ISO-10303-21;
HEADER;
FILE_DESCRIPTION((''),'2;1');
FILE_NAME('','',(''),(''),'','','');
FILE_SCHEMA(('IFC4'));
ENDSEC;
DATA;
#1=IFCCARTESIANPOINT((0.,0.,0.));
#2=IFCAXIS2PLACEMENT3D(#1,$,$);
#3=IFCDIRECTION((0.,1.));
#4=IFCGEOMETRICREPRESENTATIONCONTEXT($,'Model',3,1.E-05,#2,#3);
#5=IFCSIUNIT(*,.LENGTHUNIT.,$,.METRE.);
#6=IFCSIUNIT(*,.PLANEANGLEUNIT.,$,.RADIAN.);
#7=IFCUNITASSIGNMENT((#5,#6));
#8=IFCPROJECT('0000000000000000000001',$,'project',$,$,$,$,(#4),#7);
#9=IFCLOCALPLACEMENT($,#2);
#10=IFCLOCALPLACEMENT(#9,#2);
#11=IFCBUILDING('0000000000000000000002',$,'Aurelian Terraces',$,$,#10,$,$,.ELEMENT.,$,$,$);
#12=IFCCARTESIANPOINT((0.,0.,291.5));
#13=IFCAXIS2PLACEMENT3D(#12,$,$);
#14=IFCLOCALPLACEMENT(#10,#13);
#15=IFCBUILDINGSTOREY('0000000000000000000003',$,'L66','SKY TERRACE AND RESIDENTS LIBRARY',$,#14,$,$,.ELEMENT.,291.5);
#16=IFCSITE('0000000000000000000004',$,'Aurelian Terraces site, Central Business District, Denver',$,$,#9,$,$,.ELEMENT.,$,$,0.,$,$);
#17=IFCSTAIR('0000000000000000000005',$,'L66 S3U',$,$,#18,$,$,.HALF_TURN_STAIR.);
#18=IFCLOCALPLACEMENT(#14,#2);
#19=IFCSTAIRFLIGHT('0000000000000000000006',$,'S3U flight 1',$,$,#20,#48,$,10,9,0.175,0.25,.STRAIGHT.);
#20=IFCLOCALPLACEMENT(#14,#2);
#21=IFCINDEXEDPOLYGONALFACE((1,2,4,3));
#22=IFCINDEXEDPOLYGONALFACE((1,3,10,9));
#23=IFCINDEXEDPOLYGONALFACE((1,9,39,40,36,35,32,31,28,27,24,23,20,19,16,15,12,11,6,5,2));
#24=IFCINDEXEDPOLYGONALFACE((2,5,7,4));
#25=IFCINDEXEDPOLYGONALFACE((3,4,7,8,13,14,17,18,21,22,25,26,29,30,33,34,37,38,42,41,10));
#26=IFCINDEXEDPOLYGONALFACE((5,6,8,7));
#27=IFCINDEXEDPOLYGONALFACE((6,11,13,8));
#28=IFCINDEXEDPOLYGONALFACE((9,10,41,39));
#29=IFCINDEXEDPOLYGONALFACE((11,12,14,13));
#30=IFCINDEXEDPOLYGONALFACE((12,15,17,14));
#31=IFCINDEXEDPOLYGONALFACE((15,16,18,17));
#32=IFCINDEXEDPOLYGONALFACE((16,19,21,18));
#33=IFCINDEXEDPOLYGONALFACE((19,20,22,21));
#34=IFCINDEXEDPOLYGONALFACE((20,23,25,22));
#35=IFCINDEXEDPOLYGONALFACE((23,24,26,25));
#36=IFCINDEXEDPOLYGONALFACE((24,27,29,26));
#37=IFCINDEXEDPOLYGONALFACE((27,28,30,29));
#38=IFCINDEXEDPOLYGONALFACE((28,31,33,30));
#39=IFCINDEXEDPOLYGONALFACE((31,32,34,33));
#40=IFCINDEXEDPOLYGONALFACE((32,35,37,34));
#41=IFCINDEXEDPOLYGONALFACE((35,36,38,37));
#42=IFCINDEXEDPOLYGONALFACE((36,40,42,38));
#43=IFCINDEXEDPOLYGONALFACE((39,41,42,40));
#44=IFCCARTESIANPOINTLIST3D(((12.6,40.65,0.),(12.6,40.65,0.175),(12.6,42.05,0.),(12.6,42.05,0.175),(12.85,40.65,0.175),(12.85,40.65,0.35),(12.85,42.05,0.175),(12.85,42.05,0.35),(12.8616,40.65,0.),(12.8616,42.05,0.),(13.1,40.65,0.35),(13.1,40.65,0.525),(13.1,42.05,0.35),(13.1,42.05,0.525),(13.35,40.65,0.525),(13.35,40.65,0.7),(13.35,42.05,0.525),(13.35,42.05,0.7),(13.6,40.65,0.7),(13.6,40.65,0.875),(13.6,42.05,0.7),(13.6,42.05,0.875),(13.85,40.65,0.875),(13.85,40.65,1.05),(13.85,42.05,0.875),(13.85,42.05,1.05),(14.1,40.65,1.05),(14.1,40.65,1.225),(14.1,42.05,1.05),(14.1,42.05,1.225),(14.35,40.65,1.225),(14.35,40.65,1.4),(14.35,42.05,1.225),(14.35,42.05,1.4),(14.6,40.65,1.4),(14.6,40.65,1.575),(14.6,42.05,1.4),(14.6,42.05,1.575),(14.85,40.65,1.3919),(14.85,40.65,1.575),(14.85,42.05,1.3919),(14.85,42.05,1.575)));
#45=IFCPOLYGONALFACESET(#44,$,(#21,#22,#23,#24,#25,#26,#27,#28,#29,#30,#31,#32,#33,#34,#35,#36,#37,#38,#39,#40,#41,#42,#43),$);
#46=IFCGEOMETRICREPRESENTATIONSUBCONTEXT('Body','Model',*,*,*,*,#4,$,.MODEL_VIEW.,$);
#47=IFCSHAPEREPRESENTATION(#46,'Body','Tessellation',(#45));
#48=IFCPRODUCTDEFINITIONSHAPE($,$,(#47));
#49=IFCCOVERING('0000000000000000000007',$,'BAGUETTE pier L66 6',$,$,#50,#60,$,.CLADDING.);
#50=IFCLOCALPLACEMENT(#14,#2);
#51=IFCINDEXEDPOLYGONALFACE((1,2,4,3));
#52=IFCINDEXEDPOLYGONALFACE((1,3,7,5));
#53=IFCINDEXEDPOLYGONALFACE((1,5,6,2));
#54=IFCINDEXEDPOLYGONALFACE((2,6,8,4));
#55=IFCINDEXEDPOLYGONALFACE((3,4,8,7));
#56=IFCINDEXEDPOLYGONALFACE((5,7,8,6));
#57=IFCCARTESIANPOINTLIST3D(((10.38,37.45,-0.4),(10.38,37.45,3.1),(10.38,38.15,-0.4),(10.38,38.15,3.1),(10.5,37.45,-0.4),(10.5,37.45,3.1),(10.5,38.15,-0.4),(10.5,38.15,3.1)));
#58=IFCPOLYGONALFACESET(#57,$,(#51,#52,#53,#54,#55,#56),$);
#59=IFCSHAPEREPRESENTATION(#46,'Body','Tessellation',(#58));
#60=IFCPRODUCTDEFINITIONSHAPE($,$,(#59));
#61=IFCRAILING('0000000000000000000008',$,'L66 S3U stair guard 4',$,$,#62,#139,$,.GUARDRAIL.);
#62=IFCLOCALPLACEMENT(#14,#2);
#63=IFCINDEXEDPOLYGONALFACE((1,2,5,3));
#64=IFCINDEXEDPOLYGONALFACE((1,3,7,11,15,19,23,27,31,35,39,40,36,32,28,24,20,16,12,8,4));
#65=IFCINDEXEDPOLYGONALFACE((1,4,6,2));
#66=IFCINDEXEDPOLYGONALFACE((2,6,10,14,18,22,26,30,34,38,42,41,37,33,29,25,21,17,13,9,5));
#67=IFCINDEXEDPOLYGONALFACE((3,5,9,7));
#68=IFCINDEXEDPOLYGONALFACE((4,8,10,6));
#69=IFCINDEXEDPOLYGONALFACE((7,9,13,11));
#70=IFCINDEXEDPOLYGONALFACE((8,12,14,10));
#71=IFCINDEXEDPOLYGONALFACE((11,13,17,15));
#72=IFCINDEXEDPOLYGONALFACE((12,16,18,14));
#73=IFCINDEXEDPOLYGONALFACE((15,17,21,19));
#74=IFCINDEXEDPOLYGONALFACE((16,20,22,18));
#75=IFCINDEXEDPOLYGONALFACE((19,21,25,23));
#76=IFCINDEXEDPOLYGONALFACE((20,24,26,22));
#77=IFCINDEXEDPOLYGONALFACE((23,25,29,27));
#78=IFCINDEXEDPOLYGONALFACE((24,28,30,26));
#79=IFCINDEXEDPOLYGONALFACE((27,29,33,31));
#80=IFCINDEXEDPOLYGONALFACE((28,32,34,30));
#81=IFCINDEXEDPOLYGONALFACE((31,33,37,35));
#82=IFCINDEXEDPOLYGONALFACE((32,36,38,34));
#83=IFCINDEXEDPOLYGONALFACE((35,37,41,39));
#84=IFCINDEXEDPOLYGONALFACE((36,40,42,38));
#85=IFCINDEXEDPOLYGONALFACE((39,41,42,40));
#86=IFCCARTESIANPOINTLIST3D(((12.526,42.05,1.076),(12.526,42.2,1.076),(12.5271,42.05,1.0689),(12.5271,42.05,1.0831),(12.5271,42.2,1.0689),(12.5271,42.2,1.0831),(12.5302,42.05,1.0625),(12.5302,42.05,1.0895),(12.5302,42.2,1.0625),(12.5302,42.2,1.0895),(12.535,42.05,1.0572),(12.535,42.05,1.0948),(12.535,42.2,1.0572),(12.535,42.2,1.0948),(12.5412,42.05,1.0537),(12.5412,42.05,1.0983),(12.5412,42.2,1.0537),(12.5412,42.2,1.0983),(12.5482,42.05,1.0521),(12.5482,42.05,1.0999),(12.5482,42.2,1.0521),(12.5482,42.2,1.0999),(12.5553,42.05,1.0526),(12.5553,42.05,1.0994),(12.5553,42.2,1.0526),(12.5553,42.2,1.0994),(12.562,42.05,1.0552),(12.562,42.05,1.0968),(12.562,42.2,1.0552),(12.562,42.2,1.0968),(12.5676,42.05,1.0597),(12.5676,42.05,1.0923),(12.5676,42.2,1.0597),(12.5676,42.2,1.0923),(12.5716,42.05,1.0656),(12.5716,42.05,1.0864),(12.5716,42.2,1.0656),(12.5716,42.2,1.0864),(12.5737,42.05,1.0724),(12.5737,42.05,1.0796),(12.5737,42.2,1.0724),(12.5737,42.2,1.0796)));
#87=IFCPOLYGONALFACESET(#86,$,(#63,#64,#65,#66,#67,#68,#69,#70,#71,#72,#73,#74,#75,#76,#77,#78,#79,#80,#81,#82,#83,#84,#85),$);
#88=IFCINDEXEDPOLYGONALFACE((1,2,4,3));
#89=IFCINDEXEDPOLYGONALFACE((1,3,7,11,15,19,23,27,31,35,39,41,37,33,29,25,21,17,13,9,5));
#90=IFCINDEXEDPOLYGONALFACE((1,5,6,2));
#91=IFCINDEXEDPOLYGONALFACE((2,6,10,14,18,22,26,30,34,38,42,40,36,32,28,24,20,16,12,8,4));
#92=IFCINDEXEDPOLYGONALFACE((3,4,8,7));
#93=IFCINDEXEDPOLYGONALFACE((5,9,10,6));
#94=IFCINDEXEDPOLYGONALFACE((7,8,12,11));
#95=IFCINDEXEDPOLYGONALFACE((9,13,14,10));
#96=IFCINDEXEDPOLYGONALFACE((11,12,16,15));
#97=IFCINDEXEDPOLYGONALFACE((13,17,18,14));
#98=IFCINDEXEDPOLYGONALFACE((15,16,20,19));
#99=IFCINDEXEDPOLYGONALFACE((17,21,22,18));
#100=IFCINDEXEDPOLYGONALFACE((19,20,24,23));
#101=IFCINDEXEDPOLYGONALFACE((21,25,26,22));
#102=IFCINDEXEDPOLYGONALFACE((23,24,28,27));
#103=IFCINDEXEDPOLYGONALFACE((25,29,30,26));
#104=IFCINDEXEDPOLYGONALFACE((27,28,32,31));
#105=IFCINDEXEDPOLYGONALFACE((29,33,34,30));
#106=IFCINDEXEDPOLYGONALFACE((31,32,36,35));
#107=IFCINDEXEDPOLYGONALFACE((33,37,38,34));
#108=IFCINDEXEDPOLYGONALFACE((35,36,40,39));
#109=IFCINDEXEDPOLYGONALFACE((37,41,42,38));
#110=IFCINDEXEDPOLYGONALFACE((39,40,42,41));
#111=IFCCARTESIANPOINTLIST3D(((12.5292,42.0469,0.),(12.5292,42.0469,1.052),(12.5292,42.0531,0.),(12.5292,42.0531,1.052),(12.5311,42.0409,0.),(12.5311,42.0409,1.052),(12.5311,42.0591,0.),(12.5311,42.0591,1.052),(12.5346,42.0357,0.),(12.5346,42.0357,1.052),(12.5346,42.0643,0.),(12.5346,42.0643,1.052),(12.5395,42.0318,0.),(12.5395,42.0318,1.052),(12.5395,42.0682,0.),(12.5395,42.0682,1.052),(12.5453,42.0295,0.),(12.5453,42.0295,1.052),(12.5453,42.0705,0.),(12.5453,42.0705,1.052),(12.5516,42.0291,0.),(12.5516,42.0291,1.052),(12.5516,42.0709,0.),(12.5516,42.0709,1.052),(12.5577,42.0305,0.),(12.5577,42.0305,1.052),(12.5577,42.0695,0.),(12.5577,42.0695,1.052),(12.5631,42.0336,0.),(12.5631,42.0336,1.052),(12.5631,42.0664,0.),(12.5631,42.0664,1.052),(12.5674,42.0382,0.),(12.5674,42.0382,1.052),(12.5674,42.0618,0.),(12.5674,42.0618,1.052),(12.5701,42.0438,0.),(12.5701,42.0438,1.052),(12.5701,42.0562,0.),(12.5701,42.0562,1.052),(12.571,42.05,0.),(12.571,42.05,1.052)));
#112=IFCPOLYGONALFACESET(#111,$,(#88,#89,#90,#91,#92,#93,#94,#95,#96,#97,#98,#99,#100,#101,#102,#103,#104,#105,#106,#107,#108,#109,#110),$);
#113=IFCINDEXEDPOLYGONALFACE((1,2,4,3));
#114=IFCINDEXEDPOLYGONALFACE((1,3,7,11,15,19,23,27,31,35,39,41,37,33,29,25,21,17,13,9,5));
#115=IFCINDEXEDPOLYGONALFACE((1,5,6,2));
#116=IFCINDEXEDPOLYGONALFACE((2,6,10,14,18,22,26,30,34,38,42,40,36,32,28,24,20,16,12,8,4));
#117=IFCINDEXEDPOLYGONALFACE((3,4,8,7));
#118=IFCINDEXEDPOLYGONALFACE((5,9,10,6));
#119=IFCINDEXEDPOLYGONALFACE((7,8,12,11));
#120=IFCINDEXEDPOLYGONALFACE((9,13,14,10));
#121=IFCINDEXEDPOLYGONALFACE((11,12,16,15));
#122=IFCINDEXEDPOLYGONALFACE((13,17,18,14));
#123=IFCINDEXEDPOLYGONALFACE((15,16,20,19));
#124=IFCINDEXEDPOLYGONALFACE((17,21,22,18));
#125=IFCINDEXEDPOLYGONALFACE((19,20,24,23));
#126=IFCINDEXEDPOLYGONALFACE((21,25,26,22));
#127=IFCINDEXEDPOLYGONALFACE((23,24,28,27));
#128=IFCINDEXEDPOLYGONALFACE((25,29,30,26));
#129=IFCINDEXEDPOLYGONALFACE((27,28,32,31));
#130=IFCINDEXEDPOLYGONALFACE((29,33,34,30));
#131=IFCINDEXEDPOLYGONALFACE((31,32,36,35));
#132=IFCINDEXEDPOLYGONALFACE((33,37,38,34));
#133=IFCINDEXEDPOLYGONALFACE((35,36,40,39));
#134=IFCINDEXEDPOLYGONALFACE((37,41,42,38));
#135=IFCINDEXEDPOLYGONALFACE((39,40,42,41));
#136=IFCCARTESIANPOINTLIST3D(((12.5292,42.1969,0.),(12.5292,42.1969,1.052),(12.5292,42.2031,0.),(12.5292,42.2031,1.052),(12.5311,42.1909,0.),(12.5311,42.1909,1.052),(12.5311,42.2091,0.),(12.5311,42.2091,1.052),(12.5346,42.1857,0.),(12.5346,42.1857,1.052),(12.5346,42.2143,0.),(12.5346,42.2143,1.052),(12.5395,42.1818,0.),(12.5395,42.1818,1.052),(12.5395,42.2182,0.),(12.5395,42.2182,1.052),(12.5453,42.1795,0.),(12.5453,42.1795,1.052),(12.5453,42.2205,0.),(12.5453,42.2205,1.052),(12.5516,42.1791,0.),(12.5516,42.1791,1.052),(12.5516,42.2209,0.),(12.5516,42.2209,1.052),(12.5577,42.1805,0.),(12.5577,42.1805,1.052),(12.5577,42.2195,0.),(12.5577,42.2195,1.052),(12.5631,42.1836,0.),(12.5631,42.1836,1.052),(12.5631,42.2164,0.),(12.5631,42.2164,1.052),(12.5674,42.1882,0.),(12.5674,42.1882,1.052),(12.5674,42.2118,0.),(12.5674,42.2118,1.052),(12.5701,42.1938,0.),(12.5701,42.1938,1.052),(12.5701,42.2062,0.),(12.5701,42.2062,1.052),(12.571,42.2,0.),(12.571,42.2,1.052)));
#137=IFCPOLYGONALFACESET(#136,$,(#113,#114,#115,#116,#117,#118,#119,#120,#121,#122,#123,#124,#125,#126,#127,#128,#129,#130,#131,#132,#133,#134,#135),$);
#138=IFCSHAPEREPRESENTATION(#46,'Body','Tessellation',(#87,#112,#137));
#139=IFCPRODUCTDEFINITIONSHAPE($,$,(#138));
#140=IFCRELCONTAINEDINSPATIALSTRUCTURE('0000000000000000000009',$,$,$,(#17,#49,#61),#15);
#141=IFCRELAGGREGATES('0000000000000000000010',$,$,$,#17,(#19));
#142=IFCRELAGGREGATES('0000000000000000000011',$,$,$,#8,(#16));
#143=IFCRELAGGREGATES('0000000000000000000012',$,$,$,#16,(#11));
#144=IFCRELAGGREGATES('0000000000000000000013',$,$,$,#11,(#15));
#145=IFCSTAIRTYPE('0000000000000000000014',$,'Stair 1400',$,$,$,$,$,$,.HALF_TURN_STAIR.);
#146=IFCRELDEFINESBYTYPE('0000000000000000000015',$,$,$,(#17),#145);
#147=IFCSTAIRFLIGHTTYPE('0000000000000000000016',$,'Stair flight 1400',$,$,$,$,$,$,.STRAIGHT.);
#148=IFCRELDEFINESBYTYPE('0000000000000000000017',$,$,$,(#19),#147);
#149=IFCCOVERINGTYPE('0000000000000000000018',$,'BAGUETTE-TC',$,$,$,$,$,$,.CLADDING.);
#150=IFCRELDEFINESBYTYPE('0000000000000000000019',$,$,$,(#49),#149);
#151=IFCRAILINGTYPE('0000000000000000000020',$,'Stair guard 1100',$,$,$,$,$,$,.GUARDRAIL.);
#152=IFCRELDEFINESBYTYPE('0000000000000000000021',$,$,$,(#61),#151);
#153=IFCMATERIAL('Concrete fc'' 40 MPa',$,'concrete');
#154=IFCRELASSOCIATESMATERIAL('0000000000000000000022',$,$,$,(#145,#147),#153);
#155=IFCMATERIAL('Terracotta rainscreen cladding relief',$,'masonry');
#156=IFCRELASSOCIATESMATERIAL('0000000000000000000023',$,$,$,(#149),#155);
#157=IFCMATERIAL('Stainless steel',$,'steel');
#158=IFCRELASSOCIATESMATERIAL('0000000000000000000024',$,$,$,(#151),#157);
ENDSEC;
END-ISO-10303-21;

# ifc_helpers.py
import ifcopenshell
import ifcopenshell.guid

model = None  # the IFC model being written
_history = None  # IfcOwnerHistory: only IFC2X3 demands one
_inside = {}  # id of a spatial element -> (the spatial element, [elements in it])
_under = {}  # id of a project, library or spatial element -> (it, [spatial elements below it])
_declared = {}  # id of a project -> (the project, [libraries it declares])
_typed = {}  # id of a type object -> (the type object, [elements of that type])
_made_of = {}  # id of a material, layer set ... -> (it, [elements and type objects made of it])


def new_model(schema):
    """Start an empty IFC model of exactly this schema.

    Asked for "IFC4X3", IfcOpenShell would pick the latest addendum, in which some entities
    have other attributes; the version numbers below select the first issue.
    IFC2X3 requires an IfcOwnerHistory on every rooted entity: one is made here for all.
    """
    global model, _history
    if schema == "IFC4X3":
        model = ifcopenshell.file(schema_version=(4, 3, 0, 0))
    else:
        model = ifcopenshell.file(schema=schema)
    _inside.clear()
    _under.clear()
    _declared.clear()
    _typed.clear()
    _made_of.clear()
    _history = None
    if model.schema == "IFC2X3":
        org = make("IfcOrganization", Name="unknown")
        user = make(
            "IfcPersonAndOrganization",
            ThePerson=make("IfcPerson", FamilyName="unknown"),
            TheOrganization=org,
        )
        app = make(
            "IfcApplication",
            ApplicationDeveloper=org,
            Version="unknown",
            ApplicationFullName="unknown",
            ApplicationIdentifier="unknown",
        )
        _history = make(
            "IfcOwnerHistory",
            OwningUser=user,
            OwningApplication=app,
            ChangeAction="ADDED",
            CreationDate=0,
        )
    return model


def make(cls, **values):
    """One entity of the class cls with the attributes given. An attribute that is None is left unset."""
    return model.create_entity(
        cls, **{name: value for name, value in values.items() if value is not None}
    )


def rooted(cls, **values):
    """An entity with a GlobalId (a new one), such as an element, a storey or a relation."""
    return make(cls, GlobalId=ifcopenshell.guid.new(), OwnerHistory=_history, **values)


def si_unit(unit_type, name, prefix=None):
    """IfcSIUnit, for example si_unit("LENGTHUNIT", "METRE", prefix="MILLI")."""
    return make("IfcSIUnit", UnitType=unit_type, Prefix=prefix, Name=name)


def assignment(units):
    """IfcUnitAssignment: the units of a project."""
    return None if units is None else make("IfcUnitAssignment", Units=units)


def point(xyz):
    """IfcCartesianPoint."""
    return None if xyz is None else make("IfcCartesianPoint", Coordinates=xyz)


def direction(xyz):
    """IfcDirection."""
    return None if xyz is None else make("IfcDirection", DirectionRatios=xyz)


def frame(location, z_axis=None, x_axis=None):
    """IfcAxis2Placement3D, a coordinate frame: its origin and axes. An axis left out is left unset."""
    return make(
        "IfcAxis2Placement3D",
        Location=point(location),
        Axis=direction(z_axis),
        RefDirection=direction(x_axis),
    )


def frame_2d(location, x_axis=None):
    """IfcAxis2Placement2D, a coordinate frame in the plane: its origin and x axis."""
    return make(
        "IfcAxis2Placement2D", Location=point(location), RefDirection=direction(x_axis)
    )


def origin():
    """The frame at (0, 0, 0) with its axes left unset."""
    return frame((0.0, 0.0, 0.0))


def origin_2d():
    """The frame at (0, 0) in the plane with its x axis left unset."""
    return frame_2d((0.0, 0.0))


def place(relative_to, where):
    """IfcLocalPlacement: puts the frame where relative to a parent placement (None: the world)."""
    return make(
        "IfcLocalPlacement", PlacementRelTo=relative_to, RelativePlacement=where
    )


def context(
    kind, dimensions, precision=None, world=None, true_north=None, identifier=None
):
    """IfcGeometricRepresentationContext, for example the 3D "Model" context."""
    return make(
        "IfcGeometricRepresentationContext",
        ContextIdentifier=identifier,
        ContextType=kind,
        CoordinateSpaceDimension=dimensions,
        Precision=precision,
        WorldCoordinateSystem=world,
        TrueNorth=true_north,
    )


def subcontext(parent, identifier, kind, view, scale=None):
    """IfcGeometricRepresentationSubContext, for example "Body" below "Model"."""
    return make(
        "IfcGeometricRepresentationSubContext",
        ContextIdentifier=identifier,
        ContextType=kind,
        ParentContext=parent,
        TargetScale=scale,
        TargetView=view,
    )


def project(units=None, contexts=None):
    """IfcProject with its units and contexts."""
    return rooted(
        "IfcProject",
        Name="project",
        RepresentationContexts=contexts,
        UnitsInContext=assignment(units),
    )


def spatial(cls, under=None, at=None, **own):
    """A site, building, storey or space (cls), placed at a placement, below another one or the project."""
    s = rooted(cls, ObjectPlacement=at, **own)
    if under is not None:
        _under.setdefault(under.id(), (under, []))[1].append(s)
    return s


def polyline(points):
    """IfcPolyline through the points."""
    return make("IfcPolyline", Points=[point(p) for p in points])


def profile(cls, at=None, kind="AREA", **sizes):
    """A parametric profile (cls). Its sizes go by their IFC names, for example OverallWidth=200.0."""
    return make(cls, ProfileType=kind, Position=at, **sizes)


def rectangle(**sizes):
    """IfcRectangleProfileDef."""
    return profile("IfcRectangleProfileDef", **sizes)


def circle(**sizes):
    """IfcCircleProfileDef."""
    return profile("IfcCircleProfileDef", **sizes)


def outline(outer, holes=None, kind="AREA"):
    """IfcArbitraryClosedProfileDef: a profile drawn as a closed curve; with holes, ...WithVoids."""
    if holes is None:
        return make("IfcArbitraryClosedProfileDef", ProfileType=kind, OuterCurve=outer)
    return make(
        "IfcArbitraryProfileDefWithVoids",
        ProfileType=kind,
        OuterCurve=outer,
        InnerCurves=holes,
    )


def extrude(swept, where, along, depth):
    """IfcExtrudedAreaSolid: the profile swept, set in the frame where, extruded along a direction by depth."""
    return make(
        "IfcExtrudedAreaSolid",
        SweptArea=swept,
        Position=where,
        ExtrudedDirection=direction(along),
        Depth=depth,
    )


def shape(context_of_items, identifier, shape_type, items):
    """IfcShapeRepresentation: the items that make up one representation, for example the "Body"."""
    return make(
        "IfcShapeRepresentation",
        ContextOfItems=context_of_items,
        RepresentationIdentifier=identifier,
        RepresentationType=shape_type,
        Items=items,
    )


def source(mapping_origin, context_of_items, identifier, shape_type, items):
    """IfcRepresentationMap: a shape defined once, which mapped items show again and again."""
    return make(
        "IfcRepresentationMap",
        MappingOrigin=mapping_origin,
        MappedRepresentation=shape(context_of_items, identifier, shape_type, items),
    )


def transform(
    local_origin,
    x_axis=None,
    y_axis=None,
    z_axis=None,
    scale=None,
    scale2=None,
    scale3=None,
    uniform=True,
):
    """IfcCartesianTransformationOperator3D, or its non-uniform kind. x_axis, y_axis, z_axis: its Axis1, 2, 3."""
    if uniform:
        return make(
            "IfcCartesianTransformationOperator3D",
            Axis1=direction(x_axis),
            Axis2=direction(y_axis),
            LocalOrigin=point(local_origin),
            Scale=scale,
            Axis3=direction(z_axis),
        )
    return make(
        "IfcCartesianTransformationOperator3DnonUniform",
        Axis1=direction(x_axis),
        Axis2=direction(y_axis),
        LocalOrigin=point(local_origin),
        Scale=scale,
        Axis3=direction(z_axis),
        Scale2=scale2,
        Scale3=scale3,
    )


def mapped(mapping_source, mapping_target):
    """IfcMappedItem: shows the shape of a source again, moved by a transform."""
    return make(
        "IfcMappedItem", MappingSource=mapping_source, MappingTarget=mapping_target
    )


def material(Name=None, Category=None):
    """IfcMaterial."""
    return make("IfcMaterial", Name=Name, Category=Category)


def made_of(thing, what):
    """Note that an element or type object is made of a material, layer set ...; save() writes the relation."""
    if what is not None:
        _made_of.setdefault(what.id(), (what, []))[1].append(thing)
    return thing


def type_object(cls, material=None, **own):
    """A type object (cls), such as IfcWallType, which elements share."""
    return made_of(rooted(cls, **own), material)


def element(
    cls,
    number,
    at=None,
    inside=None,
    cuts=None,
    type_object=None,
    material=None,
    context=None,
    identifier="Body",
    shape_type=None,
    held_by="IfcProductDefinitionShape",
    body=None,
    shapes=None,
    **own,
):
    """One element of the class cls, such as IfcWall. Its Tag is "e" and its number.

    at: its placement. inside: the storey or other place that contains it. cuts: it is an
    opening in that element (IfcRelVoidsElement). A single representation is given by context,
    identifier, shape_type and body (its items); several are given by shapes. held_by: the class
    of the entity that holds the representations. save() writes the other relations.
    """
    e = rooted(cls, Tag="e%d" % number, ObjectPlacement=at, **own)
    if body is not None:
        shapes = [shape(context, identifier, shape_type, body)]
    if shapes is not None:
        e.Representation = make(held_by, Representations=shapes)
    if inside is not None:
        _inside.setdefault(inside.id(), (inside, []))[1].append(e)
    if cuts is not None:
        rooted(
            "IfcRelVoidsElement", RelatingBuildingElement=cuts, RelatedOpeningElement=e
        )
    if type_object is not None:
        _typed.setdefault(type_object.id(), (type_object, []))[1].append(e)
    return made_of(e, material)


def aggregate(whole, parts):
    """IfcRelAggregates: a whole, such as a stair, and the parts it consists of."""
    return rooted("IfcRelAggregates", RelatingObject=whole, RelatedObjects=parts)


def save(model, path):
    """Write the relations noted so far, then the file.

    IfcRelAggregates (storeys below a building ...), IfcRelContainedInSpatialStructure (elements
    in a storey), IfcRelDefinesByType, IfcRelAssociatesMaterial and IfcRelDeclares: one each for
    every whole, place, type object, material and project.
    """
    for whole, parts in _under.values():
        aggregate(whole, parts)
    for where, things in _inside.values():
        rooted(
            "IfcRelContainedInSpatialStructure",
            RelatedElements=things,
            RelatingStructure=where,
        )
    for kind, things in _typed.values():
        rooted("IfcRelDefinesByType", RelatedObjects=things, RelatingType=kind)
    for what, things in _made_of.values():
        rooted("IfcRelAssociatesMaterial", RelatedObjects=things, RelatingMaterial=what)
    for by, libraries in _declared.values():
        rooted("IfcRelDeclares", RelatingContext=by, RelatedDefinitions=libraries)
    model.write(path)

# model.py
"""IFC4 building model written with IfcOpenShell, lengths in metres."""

from ifc_helpers import new_model, si_unit, direction, frame, origin, origin_2d, place, context, subcontext, project, spatial, polyline, rectangle, circle, outline, extrude, source, transform, mapped, material, type_object, element, aggregate, save


model = new_model("IFC4")

# Units and contexts
model_context = context("Model", 3, precision=1e-05, world=origin(), true_north=direction((0.0, 1.0)))
body_context = subcontext(model_context, "Body", "Model", "MODEL_VIEW")
ifc_project = project(units=[si_unit("LENGTHUNIT", "METRE"), si_unit("PLANEANGLEUNIT", "RADIAN")], contexts=[model_context])

# Site, building, storey
site_placement = place(None, origin())
site = spatial("IfcSite", under=ifc_project, at=site_placement, Name="Aurelian Terraces site, Central Business District, Denver", CompositionType="ELEMENT", RefElevation=0.0)
building_placement = place(site_placement, origin())
building = spatial("IfcBuilding", under=site, at=building_placement, Name="Aurelian Terraces", CompositionType="ELEMENT")
storey_placement = place(building_placement, frame((0.0, 0.0, 291.5)))
storey = spatial("IfcBuildingStorey", under=building, at=storey_placement, Name="L66", Description="SKY TERRACE AND RESIDENTS LIBRARY", CompositionType="ELEMENT", Elevation=291.5)

# Shared definitions
ifc_material_1 = material(Name="Concrete fc' 40 MPa", Category="concrete")

# Stair, stair flight
stair_type = type_object("IfcStairType", Name="Stair 1400", PredefinedType="HALF_TURN_STAIR", material=ifc_material_1)
stair_placement = place(storey_placement, origin())
stair = element("IfcStair", 1, at=stair_placement, inside=storey, type_object=stair_type, Name="L66 S3U", PredefinedType="HALF_TURN_STAIR")
stair_flight_type = type_object("IfcStairFlightType", Name="Stair flight 1400", PredefinedType="STRAIGHT", material=ifc_material_1)
shared_shape_1 = source(origin(), body_context, "Body", "SweptSolid", [
    extrude(outline(polyline([(0.0, 0.0), (0.0, 0.175), (0.25, 0.175), (0.25, 0.35), (0.5, 0.35), (0.5, 0.525), (0.75, 0.525), (0.75, 0.7), (1.0, 0.7), (1.0, 0.875), (1.25, 0.875), (1.25, 1.05), (1.5, 1.05), (1.5, 1.225), (1.75, 1.225), (1.75, 1.4), (2.0, 1.4), (2.0, 1.575), (2.25, 1.575), (2.25, 1.75), (2.25, 1.3919), (0.2616, 0.0), (0.0, 0.0)])), frame((0.0, 0.7, 0.0), z_axis=(0.0, -1.0, 0.0), x_axis=(1.0, 0.0, 0.0)), (0.0, 0.0, 1.0), 1.4),
])
stair_flight_placement = place(storey_placement, frame((12.6, 41.35, 0.0), z_axis=(0.0, 0.0, 1.0), x_axis=(1.0, 0.0, 0.0)))
stair_flight = element("IfcStairFlight", 2, at=stair_flight_placement, type_object=stair_flight_type, Name="S3U flight 1", NumberOfRisers=10, NumberOfTreads=9, PredefinedType="STRAIGHT", RiserHeight=0.175, TreadLength=0.25, context=body_context, shape_type="MappedRepresentation", body=[
    mapped(shared_shape_1, transform((0.0, 0.0, 0.0), scale=1.0)),
])
aggregate(stair, [stair_flight])

# Covering
ifc_material_2 = material(Name="Terracotta rainscreen cladding relief", Category="masonry")
covering_type = type_object("IfcCoveringType", Name="BAGUETTE-TC", PredefinedType="CLADDING", material=ifc_material_2)
shared_shape_2 = source(origin(), body_context, "Body", "SweptSolid", [
    extrude(rectangle(XDim=0.12, YDim=0.7, at=origin_2d()), origin(), (0.0, 0.0, 1.0), 3.5),
])
covering_placement = place(storey_placement, frame((10.44, 37.8, -0.4), z_axis=(0.0, 0.0, 1.0), x_axis=(1.0, 0.0, 0.0)))
element("IfcCovering", 3, at=covering_placement, inside=storey, type_object=covering_type, Name="BAGUETTE pier L66 6", PredefinedType="CLADDING", context=body_context, shape_type="MappedRepresentation", body=[
    mapped(shared_shape_2, transform((0.0, 0.0, 0.0), scale=1.0)),
])

# Railing
ifc_material_3 = material(Name="Stainless steel", Category="steel")
railing_type_1 = type_object("IfcRailingType", Name="Stair guard 1100", PredefinedType="GUARDRAIL", material=ifc_material_3)
shared_shape_3 = source(origin(), body_context, "Body", "SweptSolid", [
    extrude(circle(Radius=0.024, at=origin_2d()), frame((0.0, 0.0, 1.076), z_axis=(0.0, 1.0, 0.0), x_axis=(-1.0, 0.0, 0.0)), (0.0, 0.0, 1.0), 0.15),
    extrude(circle(Radius=0.021, at=origin_2d()), origin(), (0.0, 0.0, 1.0), 1.052),
    extrude(circle(Radius=0.021, at=origin_2d()), frame((0.0, 0.15, 0.0)), (0.0, 0.0, 1.0), 1.052),
])
railing_1_placement = place(storey_placement, frame((12.55, 42.05, 0.0)))
element("IfcRailing", 4, at=railing_1_placement, inside=storey, type_object=railing_type_1, Name="L66 S3U stair guard 4", PredefinedType="GUARDRAIL", context=body_context, shape_type="MappedRepresentation", body=[
    mapped(shared_shape_3, transform((0.0, 0.0, 0.0), scale=1.0)),
])

save(model, "model.ifc")
